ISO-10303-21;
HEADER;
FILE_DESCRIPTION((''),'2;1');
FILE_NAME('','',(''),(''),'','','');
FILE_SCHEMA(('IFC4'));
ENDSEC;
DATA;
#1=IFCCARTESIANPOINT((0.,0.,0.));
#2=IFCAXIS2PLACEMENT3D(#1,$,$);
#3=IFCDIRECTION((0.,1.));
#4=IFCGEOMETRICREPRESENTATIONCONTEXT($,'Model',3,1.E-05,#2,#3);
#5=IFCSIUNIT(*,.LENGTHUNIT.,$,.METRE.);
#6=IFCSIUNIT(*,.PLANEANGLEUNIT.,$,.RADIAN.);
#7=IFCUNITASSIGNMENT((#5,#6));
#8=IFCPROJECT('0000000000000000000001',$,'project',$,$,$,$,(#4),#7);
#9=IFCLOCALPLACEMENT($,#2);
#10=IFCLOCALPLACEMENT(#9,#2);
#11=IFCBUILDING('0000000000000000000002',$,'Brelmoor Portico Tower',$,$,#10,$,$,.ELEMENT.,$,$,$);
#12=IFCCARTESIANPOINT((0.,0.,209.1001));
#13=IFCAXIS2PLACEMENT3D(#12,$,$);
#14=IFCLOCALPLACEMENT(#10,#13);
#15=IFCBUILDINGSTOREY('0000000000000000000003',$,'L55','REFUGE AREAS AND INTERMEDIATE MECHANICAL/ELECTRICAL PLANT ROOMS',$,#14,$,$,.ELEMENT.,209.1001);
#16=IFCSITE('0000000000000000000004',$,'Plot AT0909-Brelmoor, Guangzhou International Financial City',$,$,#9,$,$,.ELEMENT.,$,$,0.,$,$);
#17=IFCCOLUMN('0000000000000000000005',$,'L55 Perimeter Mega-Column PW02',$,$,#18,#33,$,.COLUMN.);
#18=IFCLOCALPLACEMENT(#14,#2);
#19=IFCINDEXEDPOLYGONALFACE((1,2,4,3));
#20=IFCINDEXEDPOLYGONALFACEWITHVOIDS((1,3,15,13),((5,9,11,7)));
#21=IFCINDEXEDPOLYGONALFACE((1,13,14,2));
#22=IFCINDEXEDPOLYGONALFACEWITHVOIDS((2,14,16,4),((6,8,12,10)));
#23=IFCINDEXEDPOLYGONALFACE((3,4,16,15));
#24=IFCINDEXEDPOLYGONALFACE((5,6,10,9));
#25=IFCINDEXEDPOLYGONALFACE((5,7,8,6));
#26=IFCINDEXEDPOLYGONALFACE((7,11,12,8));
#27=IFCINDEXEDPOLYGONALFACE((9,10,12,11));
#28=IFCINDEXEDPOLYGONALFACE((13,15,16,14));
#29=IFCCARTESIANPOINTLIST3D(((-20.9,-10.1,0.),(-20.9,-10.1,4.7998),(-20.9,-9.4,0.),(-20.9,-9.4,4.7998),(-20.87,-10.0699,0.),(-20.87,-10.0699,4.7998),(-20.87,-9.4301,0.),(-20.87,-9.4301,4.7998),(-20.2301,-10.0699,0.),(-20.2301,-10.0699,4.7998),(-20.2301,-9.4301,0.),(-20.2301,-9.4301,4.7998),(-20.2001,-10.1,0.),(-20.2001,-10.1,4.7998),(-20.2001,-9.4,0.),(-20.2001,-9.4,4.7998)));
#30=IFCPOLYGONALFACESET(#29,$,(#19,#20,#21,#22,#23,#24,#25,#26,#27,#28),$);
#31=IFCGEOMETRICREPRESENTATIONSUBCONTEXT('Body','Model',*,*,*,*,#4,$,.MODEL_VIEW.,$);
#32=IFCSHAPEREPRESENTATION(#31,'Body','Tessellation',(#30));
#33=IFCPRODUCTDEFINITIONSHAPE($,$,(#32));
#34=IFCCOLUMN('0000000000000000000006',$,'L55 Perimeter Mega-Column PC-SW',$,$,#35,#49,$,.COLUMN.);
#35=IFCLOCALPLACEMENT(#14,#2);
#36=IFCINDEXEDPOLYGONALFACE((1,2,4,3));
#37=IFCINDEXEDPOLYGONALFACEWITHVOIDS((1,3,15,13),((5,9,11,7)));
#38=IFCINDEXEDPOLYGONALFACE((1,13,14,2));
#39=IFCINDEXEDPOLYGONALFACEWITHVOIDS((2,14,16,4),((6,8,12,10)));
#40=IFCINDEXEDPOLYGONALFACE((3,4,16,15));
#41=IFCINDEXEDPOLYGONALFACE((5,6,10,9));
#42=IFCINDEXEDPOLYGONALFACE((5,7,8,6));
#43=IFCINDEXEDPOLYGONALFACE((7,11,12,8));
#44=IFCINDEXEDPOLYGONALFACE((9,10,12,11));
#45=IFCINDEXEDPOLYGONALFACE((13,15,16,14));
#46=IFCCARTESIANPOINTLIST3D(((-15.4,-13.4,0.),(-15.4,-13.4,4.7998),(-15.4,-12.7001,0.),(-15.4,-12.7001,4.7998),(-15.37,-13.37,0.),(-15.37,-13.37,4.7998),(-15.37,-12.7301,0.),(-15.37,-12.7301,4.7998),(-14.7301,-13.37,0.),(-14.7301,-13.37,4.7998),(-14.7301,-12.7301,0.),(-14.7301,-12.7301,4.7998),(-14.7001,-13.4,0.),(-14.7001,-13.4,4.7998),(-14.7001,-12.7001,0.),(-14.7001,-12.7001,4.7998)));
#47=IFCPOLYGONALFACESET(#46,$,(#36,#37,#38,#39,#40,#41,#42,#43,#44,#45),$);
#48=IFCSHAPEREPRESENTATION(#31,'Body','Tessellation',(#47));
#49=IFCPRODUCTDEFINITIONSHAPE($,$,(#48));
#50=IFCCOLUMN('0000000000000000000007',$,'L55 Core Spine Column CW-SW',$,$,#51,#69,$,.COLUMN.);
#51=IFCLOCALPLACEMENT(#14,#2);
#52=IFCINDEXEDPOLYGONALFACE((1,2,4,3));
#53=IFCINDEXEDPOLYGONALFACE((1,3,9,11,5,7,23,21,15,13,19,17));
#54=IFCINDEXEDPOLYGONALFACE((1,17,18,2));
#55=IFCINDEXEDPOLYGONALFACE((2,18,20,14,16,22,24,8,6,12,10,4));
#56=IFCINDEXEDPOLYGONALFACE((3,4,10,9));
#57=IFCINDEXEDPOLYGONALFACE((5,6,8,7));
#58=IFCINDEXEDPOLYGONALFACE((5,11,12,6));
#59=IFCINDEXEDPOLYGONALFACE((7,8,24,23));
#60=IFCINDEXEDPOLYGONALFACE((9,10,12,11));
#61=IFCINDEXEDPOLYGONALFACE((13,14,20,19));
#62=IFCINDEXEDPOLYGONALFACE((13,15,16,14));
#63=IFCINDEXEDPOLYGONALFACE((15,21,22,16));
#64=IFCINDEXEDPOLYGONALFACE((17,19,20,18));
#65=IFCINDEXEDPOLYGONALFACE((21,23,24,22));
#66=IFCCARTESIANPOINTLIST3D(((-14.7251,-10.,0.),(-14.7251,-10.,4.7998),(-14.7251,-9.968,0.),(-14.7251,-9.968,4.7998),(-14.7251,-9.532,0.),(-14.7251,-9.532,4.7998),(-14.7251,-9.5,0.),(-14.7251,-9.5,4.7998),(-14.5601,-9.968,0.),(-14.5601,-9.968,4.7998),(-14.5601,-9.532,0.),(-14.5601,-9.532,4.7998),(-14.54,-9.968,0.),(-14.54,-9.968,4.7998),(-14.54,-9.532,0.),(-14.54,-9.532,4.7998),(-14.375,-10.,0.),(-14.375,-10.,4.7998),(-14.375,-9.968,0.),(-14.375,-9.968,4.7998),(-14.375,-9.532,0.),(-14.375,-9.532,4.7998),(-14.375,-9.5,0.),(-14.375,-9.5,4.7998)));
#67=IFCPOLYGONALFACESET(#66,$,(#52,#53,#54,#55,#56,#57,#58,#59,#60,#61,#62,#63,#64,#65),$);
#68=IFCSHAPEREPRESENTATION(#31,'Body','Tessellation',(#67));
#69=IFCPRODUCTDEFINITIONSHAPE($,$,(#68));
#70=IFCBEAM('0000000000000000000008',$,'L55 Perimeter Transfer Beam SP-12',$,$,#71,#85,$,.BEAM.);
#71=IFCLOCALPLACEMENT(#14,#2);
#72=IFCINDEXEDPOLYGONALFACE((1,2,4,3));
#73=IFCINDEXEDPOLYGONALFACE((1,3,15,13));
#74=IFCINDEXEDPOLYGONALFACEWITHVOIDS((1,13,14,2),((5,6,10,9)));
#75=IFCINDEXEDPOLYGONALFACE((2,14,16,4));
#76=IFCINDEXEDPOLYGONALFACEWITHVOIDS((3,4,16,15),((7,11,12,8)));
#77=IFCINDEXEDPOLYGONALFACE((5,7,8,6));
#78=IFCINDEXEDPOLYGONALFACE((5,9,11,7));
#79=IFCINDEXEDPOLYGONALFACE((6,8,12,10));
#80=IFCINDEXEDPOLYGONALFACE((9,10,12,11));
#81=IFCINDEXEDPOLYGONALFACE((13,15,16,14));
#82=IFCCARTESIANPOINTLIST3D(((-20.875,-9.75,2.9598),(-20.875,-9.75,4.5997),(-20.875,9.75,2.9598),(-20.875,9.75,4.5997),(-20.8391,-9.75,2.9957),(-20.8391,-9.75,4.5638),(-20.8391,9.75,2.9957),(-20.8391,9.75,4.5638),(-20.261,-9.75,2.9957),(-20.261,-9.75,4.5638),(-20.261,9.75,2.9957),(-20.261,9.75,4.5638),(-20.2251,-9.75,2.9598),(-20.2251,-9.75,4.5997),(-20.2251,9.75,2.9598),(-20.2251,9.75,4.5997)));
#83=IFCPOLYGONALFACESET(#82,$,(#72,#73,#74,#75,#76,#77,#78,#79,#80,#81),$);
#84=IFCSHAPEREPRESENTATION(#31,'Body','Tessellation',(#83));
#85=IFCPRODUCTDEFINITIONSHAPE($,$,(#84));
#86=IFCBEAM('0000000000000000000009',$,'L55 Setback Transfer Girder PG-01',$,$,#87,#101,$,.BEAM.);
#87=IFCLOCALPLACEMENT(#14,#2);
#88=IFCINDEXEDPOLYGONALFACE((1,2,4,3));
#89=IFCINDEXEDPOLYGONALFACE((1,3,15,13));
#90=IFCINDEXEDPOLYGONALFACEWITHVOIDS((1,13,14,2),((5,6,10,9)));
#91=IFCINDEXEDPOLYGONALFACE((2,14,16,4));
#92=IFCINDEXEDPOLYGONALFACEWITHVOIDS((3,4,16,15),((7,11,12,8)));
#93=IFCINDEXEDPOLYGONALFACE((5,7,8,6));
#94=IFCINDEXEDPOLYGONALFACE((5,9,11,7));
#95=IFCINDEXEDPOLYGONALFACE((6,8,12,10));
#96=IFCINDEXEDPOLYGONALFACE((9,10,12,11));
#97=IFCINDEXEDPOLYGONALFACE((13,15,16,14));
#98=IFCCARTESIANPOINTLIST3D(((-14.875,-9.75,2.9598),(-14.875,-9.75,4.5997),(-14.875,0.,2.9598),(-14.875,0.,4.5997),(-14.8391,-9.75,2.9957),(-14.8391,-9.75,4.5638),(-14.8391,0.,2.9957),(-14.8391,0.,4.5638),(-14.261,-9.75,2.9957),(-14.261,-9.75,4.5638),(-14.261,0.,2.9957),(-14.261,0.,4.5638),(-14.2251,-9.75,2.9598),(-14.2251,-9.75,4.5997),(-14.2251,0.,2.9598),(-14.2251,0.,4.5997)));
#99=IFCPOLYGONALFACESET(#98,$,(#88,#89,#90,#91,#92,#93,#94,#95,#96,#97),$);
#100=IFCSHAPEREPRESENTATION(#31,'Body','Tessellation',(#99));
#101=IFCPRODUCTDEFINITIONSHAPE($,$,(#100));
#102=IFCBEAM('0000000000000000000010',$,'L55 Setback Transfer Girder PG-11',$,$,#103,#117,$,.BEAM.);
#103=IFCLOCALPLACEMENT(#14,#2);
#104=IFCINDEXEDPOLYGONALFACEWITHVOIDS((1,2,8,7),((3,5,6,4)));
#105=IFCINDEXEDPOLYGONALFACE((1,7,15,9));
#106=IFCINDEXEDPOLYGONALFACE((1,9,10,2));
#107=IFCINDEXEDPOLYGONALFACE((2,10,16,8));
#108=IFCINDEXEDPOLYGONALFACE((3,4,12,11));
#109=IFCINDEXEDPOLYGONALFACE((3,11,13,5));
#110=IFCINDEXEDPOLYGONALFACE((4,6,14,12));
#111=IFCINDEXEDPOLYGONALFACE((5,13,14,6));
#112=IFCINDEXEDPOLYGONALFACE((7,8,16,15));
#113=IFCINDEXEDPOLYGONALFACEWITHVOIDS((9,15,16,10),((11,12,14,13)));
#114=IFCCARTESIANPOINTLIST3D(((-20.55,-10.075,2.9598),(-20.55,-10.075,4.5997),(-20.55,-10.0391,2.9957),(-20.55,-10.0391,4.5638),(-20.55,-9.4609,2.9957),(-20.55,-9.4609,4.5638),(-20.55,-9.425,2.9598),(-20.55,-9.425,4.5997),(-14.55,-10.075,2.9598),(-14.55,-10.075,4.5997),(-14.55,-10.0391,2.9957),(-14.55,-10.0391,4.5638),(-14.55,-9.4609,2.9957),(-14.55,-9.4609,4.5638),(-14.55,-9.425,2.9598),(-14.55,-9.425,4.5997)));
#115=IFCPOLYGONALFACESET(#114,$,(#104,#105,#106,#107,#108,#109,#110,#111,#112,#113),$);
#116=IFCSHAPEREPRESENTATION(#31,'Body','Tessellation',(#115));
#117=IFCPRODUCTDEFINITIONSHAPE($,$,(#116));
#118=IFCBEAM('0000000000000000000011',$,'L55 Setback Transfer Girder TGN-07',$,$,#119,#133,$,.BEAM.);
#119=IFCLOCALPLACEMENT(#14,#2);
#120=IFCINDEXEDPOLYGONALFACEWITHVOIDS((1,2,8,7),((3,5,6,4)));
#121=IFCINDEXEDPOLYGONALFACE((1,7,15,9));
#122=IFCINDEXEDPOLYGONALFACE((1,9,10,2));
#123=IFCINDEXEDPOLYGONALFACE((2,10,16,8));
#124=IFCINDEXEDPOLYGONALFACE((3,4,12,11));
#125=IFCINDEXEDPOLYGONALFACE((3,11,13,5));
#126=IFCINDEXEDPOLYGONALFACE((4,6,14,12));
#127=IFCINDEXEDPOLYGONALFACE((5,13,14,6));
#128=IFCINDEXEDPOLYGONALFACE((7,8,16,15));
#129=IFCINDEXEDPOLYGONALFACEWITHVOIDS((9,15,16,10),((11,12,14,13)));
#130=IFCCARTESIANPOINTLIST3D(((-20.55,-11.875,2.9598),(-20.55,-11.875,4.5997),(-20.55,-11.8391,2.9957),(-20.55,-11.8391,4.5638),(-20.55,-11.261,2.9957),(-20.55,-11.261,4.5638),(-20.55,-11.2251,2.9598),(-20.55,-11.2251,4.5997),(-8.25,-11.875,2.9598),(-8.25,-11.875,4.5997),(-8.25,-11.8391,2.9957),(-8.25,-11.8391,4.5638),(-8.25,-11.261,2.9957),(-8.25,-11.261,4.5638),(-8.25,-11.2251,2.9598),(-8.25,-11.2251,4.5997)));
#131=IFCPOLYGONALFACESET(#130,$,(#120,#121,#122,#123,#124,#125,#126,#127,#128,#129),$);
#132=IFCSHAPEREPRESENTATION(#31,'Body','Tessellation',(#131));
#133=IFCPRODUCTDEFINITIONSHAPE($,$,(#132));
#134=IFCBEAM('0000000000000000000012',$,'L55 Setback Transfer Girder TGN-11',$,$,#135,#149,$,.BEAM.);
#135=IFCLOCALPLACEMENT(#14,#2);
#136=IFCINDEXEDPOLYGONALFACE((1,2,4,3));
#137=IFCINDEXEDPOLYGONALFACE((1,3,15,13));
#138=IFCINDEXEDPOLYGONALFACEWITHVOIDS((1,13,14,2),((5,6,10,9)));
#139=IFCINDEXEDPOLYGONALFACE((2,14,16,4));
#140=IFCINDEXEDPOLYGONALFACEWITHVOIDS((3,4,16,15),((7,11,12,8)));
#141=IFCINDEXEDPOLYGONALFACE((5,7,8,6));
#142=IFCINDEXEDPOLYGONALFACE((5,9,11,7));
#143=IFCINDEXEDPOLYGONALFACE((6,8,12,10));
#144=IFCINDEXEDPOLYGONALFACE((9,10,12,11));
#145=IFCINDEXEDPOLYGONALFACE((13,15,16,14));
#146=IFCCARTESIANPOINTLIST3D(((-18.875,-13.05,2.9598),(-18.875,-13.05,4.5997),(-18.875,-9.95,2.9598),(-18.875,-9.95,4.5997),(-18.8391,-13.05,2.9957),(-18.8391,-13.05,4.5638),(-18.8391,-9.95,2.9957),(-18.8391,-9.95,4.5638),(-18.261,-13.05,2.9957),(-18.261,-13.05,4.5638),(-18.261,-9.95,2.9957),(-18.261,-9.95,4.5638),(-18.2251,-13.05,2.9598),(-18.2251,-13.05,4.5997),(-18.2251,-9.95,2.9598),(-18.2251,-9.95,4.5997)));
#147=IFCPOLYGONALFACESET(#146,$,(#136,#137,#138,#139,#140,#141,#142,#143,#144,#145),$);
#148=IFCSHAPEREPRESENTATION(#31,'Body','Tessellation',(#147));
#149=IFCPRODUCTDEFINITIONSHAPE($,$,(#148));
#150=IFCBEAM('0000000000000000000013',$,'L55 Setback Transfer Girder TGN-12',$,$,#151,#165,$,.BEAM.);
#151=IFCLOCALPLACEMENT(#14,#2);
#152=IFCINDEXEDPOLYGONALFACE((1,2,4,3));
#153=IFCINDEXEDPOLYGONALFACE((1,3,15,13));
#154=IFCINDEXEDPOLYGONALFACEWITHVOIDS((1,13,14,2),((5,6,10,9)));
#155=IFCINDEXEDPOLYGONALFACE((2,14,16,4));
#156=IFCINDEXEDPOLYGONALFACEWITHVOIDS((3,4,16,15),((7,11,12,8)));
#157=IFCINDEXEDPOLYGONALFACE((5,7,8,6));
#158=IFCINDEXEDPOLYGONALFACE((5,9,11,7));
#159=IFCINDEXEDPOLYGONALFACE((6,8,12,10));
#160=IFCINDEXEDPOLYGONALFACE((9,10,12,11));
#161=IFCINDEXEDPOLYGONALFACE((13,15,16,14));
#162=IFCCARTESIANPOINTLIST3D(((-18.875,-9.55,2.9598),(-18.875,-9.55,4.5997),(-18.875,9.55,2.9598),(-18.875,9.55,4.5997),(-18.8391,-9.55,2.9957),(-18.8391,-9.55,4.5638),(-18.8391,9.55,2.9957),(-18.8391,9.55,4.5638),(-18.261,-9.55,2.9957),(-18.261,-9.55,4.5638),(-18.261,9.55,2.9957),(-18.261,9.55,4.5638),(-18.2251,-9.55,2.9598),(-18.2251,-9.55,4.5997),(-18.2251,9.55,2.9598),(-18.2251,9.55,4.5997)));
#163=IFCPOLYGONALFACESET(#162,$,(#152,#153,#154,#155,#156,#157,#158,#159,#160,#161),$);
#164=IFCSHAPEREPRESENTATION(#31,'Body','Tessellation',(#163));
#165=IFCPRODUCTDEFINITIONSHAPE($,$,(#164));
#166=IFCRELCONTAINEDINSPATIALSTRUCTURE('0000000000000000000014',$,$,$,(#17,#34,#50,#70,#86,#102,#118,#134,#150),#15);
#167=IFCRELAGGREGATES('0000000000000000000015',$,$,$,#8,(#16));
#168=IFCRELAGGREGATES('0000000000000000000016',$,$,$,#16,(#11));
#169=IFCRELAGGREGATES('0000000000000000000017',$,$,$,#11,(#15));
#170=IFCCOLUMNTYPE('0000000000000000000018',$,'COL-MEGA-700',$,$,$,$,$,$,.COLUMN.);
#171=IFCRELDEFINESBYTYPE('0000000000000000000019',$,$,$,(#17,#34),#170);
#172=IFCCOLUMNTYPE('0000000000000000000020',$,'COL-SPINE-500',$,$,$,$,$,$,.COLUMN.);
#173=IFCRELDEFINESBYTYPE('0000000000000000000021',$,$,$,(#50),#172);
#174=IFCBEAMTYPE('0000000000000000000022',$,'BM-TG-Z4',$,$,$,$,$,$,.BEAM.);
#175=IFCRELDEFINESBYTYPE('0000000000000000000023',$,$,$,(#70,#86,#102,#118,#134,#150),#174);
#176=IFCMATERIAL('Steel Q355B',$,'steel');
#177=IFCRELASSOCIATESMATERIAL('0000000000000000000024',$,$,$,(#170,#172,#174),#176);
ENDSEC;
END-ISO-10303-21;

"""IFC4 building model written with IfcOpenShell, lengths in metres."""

from ifc_helpers import new_model, si_unit, direction, frame, origin, origin_2d, place, context, subcontext, project, spatial, hollow_rectangle, i_section, extrude, material, material_profile, profile_set, type_object, element, save


model = new_model("IFC4")

# Units and contexts
model_context = context("Model", 3, precision=1e-05, world=origin(), true_north=direction((0.0, 1.0)))
body_context = subcontext(model_context, "Body", "Model", "MODEL_VIEW")
ifc_project = project(units=[si_unit("LENGTHUNIT", "METRE"), si_unit("PLANEANGLEUNIT", "RADIAN")], contexts=[model_context])

# Site, building, storey
site_placement = place(None, origin())
site = spatial("IfcSite", under=ifc_project, at=site_placement, Name="Plot AT0909-Brelmoor, Guangzhou International Financial City", CompositionType="ELEMENT", RefElevation=0.0)
building_placement = place(site_placement, origin())
building = spatial("IfcBuilding", under=site, at=building_placement, Name="Brelmoor Portico Tower", CompositionType="ELEMENT")
storey_placement = place(building_placement, frame((0.0, 0.0, 209.1001)))
storey = spatial("IfcBuildingStorey", under=building, at=storey_placement, Name="L55", Description="REFUGE AREAS AND INTERMEDIATE MECHANICAL/ELECTRICAL PLANT ROOMS", CompositionType="ELEMENT", Elevation=209.1001)

# Columns
ifc_material_1 = material(Name="Steel Q355B", Category="steel")
ifc_material_profile_1 = material_profile(ifc_material_1, hollow_rectangle(XDim=0.7, YDim=0.7, WallThickness=0.03, at=origin_2d()), Name="BOX 700x700x30")
ifc_profile_set_1 = profile_set([ifc_material_profile_1], Name="Steel Q355B")
column_type_1 = type_object("IfcColumnType", Name="COL-MEGA-700", PredefinedType="COLUMN", material=ifc_profile_set_1)
for number, where, z_axis, x_axis, name in (
    (1, (-20.55, -9.75, 0.0), (0.0, 0.0, 1.0), (0.0, 1.0, 0.0), "L55 Perimeter Mega-Column PW02"),
    (2, (-15.05, -13.05, 0.0), (0.0, 0.0, 1.0), (1.0, 0.0, 0.0), "L55 Perimeter Mega-Column PC-SW"),
):
    element("IfcColumn", number, at=place(storey_placement, frame(where, z_axis=z_axis, x_axis=x_axis)), inside=storey, type_object=column_type_1, Name=name, PredefinedType="COLUMN", context=body_context, shape_type="SweptSolid", body=[
        extrude(hollow_rectangle(XDim=0.7, YDim=0.7, WallThickness=0.03, at=origin_2d()), origin(), (0.0, 0.0, 1.0), 4.7998),
    ])
ifc_material_profile_2 = material_profile(ifc_material_1, i_section(OverallWidth=0.3501, OverallDepth=0.5, WebThickness=0.02, FlangeThickness=0.032, at=origin_2d()), Name="HW 500x350x20x32")
ifc_profile_set_2 = profile_set([ifc_material_profile_2], Name="Steel Q355B")
column_type_2 = type_object("IfcColumnType", Name="COL-SPINE-500", PredefinedType="COLUMN", material=ifc_profile_set_2)
column_placement = place(storey_placement, frame((-14.55, -9.75, 0.0), z_axis=(0.0, 0.0, 1.0), x_axis=(1.0, 0.0, 0.0)))
element("IfcColumn", 3, at=column_placement, inside=storey, type_object=column_type_2, Name="L55 Core Spine Column CW-SW", PredefinedType="COLUMN", context=body_context, shape_type="SweptSolid", body=[
    extrude(i_section(OverallWidth=0.3501, OverallDepth=0.5, WebThickness=0.02, FlangeThickness=0.032, at=origin_2d()), origin(), (0.0, 0.0, 1.0), 4.7998),
])

# Beams
ifc_material_profile_3 = material_profile(ifc_material_1, hollow_rectangle(XDim=0.6499, YDim=1.6399, WallThickness=0.0359, at=origin_2d()), Name="BOX 650x1640x36")
ifc_profile_set_3 = profile_set([ifc_material_profile_3], Name="Steel Q355B")
beam_type = type_object("IfcBeamType", Name="BM-TG-Z4", PredefinedType="BEAM", material=ifc_profile_set_3)
beam_1_placement = place(storey_placement, frame((-20.55, -9.75, 3.7798), z_axis=(0.0, 1.0, 0.0), x_axis=(-1.0, 0.0, 0.0)))
element("IfcBeam", 4, at=beam_1_placement, inside=storey, type_object=beam_type, Name="L55 Perimeter Transfer Beam SP-12", PredefinedType="BEAM", context=body_context, shape_type="SweptSolid", body=[
    extrude(hollow_rectangle(XDim=0.6499, YDim=1.6399, WallThickness=0.0359, at=origin_2d()), origin(), (0.0, 0.0, 1.0), 19.5),
])
beam_2_placement = place(storey_placement, frame((-14.55, -9.75, 3.7798), z_axis=(0.0, 1.0, 0.0), x_axis=(-1.0, 0.0, 0.0)))
element("IfcBeam", 5, at=beam_2_placement, inside=storey, type_object=beam_type, Name="L55 Setback Transfer Girder PG-01", PredefinedType="BEAM", context=body_context, shape_type="SweptSolid", body=[
    extrude(hollow_rectangle(XDim=0.6499, YDim=1.6399, WallThickness=0.0359, at=origin_2d()), origin(), (0.0, 0.0, 1.0), 9.75),
])
beam_3_placement = place(storey_placement, frame((-20.55, -9.75, 3.7798), z_axis=(1.0, 0.0, 0.0), x_axis=(0.0, 1.0, 0.0)))
element("IfcBeam", 6, at=beam_3_placement, inside=storey, type_object=beam_type, Name="L55 Setback Transfer Girder PG-11", PredefinedType="BEAM", context=body_context, shape_type="SweptSolid", body=[
    extrude(hollow_rectangle(XDim=0.6499, YDim=1.6399, WallThickness=0.0359, at=origin_2d()), origin(), (0.0, 0.0, 1.0), 6.0),
])
beam_4_placement = place(storey_placement, frame((-20.55, -11.55, 3.7798), z_axis=(1.0, 0.0, 0.0), x_axis=(0.0, 1.0, 0.0)))
element("IfcBeam", 7, at=beam_4_placement, inside=storey, type_object=beam_type, Name="L55 Setback Transfer Girder TGN-07", PredefinedType="BEAM", context=body_context, shape_type="SweptSolid", body=[
    extrude(hollow_rectangle(XDim=0.6499, YDim=1.6399, WallThickness=0.0359, at=origin_2d()), origin(), (0.0, 0.0, 1.0), 12.3),
])
beam_5_placement = place(storey_placement, frame((-18.55, -13.05, 3.7798), z_axis=(0.0, 1.0, 0.0), x_axis=(-1.0, 0.0, 0.0)))
element("IfcBeam", 8, at=beam_5_placement, inside=storey, type_object=beam_type, Name="L55 Setback Transfer Girder TGN-11", PredefinedType="BEAM", context=body_context, shape_type="SweptSolid", body=[
    extrude(hollow_rectangle(XDim=0.6499, YDim=1.6399, WallThickness=0.0359, at=origin_2d()), origin(), (0.0, 0.0, 1.0), 3.1001),
])
beam_6_placement = place(storey_placement, frame((-18.55, -9.55, 3.7798), z_axis=(0.0, 1.0, 0.0), x_axis=(-1.0, 0.0, 0.0)))
element("IfcBeam", 9, at=beam_6_placement, inside=storey, type_object=beam_type, Name="L55 Setback Transfer Girder TGN-12", PredefinedType="BEAM", context=body_context, shape_type="SweptSolid", body=[
    extrude(hollow_rectangle(XDim=0.6499, YDim=1.6399, WallThickness=0.0359, at=origin_2d()), origin(), (0.0, 0.0, 1.0), 19.1001),
])

save(model, "model.ifc")
